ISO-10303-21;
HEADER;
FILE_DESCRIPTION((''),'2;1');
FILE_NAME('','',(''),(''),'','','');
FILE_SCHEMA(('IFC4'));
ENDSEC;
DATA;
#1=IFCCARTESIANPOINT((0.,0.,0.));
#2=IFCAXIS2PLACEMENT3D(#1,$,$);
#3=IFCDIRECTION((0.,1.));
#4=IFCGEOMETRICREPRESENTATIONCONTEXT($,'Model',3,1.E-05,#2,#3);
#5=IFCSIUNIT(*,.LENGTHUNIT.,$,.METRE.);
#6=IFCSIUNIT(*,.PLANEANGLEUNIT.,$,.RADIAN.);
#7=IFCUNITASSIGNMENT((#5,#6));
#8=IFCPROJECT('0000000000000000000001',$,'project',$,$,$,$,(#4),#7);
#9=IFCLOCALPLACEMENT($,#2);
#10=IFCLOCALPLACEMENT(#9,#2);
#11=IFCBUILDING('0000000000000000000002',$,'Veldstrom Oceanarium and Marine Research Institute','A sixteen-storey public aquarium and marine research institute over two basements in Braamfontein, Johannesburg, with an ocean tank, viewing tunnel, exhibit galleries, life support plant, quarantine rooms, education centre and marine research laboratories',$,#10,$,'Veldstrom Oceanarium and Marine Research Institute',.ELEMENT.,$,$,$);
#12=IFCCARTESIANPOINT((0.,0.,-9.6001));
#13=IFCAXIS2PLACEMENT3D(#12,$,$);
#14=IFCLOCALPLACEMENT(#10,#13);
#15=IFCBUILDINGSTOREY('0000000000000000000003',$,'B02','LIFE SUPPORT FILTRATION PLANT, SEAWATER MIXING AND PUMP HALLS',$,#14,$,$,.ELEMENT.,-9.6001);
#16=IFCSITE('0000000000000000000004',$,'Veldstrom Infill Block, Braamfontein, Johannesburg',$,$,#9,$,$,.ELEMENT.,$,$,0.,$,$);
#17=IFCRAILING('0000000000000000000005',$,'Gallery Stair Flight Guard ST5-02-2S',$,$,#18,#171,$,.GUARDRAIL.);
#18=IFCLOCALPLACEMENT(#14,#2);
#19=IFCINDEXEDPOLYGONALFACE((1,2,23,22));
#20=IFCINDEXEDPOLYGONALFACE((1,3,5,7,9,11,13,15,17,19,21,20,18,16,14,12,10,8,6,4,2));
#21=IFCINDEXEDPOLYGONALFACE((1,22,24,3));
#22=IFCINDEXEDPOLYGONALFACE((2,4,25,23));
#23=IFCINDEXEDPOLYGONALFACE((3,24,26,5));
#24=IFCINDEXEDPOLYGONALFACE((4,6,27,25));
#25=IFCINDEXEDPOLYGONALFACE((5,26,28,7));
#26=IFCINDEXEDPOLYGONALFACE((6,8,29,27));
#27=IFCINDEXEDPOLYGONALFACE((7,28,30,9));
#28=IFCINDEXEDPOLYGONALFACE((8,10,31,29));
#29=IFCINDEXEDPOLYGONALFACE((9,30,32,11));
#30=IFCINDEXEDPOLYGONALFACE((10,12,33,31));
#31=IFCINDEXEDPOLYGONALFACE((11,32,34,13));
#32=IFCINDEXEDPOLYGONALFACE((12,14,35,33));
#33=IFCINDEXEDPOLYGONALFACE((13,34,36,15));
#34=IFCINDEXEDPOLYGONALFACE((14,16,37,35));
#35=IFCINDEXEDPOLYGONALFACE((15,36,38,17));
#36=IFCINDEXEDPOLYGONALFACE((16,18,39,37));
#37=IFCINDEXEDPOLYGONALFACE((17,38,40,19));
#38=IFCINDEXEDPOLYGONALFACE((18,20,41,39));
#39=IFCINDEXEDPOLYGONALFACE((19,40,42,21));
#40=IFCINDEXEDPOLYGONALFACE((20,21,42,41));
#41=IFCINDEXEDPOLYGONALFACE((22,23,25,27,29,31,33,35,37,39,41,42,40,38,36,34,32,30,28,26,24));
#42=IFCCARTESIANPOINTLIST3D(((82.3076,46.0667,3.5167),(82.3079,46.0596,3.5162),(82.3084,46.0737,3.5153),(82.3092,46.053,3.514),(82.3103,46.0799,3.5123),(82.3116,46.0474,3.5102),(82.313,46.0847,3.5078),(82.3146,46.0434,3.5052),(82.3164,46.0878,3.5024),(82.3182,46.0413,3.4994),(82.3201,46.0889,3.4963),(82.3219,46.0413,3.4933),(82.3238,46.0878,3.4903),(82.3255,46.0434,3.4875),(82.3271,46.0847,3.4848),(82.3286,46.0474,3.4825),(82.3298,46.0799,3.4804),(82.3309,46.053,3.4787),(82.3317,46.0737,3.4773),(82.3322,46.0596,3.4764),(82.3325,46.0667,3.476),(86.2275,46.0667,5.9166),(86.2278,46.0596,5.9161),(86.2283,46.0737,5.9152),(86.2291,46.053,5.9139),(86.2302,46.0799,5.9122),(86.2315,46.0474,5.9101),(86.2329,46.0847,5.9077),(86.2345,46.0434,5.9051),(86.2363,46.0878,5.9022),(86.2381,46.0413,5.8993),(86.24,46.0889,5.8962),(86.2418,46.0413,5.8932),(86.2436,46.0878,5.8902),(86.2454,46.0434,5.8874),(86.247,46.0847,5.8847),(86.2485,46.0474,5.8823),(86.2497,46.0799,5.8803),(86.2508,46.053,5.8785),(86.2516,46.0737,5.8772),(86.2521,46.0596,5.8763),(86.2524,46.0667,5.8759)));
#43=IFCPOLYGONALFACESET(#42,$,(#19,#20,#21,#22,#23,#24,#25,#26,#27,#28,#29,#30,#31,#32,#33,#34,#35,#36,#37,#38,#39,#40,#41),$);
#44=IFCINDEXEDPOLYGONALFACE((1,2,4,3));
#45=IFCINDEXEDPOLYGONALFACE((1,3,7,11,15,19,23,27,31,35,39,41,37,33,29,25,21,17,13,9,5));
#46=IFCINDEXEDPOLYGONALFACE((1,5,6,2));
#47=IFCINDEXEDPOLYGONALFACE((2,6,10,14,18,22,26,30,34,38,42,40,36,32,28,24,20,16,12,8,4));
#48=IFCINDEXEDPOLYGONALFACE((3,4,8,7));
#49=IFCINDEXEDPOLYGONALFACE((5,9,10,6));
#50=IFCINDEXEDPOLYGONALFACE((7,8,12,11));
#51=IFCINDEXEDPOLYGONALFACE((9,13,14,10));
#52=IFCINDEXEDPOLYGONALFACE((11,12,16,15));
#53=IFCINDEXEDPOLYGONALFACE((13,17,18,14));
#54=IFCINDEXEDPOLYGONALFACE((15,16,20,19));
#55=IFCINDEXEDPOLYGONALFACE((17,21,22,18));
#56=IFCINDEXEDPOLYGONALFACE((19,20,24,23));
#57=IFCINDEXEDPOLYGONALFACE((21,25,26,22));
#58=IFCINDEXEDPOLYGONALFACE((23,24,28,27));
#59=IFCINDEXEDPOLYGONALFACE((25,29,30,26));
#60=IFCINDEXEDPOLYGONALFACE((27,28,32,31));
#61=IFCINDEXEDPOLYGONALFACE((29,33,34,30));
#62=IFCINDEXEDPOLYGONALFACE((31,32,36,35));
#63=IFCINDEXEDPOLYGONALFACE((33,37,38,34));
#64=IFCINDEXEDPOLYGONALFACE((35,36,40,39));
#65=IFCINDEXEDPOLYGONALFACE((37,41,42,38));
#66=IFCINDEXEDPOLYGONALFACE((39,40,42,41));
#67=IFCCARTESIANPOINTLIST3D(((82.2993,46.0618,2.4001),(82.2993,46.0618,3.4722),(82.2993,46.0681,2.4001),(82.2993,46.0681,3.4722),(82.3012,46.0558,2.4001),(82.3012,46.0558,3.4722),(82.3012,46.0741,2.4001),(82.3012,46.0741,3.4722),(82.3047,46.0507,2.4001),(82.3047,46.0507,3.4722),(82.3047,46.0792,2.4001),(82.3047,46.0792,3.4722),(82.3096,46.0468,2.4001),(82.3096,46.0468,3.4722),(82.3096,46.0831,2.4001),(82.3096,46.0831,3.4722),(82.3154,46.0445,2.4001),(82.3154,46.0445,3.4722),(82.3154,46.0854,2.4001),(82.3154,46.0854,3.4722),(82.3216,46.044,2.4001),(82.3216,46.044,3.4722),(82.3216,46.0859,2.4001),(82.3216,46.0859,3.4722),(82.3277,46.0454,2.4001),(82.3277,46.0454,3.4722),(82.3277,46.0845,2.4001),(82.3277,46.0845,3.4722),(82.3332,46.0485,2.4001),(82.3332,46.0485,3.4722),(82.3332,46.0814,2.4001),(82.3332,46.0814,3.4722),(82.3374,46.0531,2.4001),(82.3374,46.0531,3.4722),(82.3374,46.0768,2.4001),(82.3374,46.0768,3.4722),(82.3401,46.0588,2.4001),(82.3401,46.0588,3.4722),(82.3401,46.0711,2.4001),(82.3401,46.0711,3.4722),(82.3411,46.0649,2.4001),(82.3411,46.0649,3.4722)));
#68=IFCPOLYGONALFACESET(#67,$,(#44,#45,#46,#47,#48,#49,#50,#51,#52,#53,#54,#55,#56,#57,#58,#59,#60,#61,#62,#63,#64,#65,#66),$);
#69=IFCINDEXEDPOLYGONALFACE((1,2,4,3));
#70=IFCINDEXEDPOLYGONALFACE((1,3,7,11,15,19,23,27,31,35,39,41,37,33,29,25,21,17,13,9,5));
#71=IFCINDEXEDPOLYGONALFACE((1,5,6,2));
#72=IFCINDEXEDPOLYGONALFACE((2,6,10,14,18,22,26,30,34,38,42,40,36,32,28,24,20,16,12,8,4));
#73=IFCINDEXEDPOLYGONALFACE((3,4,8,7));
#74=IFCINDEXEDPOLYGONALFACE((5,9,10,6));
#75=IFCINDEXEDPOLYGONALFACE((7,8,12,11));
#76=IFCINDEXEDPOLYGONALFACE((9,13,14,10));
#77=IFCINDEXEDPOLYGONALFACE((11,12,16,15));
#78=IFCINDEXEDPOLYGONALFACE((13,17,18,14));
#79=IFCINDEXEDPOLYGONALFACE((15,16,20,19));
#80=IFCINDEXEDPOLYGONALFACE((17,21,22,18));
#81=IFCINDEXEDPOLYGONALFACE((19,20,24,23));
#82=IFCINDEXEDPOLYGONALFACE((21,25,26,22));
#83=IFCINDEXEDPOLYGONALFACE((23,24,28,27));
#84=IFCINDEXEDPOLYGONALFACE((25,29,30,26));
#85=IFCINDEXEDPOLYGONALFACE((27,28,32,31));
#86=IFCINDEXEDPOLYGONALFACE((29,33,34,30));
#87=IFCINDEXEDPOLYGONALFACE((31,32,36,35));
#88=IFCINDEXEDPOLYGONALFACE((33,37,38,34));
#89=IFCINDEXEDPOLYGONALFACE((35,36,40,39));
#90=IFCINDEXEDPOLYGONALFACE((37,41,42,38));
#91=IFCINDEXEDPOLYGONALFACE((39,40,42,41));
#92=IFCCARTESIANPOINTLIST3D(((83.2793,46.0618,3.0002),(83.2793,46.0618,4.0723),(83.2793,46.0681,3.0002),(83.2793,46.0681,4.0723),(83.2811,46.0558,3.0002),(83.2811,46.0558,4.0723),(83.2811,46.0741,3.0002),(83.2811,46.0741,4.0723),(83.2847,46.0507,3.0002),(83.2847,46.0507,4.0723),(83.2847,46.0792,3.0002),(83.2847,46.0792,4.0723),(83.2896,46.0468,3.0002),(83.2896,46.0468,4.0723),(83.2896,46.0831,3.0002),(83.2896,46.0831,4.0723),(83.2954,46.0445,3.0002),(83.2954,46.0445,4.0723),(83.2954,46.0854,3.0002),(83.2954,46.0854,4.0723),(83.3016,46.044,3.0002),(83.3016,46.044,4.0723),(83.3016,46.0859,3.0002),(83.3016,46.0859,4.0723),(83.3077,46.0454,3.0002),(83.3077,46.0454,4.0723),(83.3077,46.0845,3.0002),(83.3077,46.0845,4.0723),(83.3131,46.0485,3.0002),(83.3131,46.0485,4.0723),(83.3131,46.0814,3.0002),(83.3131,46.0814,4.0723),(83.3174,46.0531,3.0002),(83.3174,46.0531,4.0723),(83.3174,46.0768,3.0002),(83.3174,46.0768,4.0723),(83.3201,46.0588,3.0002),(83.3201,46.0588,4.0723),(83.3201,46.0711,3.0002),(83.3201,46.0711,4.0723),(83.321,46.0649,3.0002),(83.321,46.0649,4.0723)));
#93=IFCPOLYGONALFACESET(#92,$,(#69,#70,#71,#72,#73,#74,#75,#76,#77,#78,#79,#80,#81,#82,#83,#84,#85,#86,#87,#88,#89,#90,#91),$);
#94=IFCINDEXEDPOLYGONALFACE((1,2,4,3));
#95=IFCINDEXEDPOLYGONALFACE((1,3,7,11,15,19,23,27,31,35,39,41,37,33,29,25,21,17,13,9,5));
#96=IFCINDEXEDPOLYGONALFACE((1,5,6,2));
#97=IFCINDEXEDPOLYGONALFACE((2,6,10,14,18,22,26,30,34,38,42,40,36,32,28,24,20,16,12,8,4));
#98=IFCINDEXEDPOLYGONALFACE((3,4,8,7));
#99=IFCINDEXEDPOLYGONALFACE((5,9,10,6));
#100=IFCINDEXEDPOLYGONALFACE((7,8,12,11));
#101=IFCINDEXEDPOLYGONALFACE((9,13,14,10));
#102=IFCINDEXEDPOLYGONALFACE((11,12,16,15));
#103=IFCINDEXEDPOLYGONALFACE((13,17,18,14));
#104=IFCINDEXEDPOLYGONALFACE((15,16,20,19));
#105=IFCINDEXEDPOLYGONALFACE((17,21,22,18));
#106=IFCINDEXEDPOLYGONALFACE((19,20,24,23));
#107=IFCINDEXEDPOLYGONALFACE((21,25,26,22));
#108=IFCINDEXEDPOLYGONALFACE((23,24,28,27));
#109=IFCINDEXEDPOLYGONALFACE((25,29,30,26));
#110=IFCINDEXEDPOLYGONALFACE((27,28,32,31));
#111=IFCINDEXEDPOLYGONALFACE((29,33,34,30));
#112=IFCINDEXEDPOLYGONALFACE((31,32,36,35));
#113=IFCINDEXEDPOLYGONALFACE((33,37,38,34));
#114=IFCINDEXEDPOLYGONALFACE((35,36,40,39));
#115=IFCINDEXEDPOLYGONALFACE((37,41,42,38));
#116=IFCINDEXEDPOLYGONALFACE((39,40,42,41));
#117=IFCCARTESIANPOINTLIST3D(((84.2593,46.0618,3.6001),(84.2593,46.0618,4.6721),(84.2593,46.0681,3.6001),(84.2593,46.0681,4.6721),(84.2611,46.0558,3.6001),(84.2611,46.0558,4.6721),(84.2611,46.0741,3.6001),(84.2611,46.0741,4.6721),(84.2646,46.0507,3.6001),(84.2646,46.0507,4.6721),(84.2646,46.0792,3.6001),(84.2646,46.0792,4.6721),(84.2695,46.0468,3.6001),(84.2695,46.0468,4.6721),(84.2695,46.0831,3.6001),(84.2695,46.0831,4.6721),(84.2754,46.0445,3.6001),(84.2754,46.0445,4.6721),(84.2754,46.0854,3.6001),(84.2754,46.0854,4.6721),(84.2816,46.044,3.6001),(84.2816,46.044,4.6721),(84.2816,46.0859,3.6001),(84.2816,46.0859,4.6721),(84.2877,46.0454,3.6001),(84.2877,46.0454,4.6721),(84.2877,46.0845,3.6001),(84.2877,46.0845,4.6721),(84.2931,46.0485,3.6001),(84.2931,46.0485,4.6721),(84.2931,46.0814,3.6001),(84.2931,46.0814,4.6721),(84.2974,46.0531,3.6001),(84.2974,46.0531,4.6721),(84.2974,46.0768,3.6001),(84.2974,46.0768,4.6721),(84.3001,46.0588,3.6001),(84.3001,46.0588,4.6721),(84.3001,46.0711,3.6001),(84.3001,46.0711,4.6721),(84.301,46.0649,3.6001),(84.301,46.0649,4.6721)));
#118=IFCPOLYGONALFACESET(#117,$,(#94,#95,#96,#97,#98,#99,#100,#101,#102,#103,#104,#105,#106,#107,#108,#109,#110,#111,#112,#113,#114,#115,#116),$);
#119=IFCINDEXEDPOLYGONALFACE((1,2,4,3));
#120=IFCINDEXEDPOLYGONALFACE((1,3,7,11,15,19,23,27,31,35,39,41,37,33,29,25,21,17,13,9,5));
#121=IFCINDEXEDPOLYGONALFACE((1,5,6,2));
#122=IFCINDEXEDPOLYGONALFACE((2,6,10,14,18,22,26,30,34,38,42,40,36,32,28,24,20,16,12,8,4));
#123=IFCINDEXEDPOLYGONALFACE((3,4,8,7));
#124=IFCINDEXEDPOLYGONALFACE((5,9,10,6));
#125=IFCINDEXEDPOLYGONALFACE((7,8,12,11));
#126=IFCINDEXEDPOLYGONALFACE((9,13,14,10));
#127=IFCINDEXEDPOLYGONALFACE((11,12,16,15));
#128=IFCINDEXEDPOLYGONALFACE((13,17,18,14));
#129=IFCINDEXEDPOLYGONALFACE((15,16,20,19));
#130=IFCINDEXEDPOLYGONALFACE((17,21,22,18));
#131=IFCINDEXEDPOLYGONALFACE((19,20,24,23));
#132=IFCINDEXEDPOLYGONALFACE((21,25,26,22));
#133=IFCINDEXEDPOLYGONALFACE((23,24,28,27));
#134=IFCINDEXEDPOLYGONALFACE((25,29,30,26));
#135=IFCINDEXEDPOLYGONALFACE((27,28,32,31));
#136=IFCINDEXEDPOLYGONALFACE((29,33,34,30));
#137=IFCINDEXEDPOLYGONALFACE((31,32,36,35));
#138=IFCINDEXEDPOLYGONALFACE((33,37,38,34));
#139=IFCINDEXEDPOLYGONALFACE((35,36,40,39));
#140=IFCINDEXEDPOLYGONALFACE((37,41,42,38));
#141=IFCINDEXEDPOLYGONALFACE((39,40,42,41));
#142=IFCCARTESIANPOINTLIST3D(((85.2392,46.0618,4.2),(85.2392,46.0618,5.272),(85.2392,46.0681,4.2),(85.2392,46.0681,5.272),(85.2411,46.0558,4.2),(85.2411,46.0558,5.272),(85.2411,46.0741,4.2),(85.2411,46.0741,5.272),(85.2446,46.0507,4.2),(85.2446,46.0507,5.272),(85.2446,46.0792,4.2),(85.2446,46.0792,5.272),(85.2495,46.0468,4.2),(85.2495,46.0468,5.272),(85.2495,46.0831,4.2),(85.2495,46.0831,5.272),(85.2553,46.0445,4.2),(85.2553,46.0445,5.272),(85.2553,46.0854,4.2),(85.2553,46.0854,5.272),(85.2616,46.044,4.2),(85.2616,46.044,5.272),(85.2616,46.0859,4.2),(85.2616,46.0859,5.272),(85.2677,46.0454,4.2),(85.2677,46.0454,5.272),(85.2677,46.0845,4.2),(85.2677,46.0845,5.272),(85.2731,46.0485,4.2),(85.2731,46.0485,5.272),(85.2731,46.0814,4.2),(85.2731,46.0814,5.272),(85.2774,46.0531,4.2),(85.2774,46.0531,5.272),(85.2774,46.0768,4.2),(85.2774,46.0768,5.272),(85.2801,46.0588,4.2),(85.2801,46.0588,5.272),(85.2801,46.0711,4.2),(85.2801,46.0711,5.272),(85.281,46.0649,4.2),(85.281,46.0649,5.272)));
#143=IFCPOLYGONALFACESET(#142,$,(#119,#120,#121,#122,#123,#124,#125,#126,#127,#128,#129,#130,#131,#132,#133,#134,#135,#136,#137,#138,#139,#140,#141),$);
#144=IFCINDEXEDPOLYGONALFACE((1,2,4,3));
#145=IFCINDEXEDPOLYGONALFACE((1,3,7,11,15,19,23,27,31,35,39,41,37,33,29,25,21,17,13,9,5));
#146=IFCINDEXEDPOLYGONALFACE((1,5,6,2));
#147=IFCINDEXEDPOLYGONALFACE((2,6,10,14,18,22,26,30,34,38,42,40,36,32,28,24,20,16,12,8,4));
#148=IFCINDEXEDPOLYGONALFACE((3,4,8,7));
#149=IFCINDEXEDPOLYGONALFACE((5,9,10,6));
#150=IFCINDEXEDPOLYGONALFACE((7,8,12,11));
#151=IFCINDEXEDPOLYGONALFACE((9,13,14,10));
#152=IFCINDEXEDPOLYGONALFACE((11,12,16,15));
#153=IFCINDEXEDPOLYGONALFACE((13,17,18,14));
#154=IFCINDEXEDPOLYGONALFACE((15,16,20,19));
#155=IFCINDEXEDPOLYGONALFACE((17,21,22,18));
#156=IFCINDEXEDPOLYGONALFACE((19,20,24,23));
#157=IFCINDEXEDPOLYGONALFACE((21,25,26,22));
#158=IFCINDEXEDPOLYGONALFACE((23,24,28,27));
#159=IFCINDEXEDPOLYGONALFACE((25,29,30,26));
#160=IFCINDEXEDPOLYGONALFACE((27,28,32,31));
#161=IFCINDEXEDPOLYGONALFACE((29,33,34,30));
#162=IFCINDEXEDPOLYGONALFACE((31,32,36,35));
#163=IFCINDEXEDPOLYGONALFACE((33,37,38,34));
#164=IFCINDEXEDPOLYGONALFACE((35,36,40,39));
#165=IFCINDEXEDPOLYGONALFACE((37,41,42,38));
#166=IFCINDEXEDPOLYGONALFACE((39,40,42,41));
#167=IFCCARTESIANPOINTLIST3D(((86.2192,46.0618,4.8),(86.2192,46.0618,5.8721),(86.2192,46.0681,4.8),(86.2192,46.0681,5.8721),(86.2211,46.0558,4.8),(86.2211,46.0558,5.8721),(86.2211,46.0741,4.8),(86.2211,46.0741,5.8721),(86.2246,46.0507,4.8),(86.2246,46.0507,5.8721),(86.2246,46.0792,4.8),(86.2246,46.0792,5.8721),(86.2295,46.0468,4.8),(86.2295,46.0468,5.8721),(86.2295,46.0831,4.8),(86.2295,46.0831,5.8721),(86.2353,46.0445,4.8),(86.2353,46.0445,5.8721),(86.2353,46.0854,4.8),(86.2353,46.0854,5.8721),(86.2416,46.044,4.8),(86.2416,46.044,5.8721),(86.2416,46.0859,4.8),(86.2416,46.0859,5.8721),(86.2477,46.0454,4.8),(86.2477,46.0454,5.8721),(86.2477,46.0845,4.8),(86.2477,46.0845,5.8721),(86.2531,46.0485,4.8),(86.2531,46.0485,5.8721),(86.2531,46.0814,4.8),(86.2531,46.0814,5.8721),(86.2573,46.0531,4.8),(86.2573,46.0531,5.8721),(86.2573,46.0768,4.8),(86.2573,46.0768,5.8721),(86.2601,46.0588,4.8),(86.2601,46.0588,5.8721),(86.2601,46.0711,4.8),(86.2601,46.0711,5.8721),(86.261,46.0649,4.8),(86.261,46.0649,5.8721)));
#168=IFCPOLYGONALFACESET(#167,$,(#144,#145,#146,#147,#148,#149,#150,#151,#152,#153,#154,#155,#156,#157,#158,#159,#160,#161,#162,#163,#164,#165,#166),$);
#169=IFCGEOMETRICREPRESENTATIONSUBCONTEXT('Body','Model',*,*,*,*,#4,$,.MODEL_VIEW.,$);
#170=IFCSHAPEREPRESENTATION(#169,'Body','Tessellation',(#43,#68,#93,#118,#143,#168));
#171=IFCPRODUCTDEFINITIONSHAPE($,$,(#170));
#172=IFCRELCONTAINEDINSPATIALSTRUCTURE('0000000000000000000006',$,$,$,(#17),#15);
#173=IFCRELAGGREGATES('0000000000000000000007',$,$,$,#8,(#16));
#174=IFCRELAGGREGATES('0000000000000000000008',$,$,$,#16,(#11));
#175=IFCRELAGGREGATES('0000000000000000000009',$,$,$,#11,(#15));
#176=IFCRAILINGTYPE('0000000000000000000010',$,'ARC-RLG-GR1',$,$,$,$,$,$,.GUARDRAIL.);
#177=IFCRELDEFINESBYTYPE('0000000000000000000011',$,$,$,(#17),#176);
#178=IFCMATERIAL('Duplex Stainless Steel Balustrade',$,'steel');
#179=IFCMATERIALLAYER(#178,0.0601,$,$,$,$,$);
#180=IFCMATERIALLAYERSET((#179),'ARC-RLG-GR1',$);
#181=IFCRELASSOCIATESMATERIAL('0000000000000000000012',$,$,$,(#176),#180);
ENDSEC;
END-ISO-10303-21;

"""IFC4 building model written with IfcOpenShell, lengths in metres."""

from ifc_helpers import new_model, si_unit, direction, frame, origin, origin_2d, place, context, subcontext, project, spatial, circle, extrude, material, layer, layer_set, type_object, element, save


model = new_model("IFC4")

# Units and contexts
model_context = context("Model", 3, precision=1e-05, world=origin(), true_north=direction((0.0, 1.0)))
body_context = subcontext(model_context, "Body", "Model", "MODEL_VIEW")
ifc_project = project(units=[si_unit("LENGTHUNIT", "METRE"), si_unit("PLANEANGLEUNIT", "RADIAN")], contexts=[model_context])

# Site, building, storey
site_placement = place(None, origin())
site = spatial("IfcSite", under=ifc_project, at=site_placement, Name="Veldstrom Infill Block, Braamfontein, Johannesburg", CompositionType="ELEMENT", RefElevation=0.0)
building_placement = place(site_placement, origin())
building = spatial("IfcBuilding", under=site, at=building_placement, Name="Veldstrom Oceanarium and Marine Research Institute", Description="A sixteen-storey public aquarium and marine research institute over two basements in Braamfontein, Johannesburg, with an ocean tank, viewing tunnel, exhibit galleries, life support plant, quarantine rooms, education centre and marine research laboratories", LongName="Veldstrom Oceanarium and Marine Research Institute", CompositionType="ELEMENT")
storey_placement = place(building_placement, frame((0.0, 0.0, -9.6001)))
storey = spatial("IfcBuildingStorey", under=building, at=storey_placement, Name="B02", Description="LIFE SUPPORT FILTRATION PLANT, SEAWATER MIXING AND PUMP HALLS", CompositionType="ELEMENT", Elevation=-9.6001)

# Railing
ifc_material_1 = material(Name="Duplex Stainless Steel Balustrade", Category="steel")
ifc_layer_1 = layer(ifc_material_1, 0.0601)
ifc_layer_set_1 = layer_set([ifc_layer_1], Name="ARC-RLG-GR1")
railing_type = type_object("IfcRailingType", Name="ARC-RLG-GR1", PredefinedType="GUARDRAIL", material=ifc_layer_set_1)
railing_1_placement = place(storey_placement, frame((82.3201, 46.0649, 2.4001)))
element("IfcRailing", 1, at=railing_1_placement, inside=storey, type_object=railing_type, Name="Gallery Stair Flight Guard ST5-02-2S", PredefinedType="GUARDRAIL", context=body_context, shape_type="SweptSolid", body=[
    extrude(circle(Radius=0.0239, at=origin_2d()), frame((0.0, 0.0, 1.0962), z_axis=(0.852856, 0.0, 0.522146), x_axis=(0.0, 1.0, 0.0)), (0.0, 0.0, 1.0), 4.5962),
    extrude(circle(Radius=0.021, at=origin_2d()), origin(), (0.0, 0.0, 1.0), 1.072),
    extrude(circle(Radius=0.021, at=origin_2d()), frame((0.98, 0.0, 0.6001)), (0.0, 0.0, 1.0), 1.072),
    extrude(circle(Radius=0.021, at=origin_2d()), frame((1.96, 0.0, 1.2)), (0.0, 0.0, 1.0), 1.072),
    extrude(circle(Radius=0.021, at=origin_2d()), frame((2.9399, 0.0, 1.7998)), (0.0, 0.0, 1.0), 1.072),
    extrude(circle(Radius=0.021, at=origin_2d()), frame((3.9199, 0.0, 2.3999)), (0.0, 0.0, 1.0), 1.072),
])

save(model, "model.ifc")
